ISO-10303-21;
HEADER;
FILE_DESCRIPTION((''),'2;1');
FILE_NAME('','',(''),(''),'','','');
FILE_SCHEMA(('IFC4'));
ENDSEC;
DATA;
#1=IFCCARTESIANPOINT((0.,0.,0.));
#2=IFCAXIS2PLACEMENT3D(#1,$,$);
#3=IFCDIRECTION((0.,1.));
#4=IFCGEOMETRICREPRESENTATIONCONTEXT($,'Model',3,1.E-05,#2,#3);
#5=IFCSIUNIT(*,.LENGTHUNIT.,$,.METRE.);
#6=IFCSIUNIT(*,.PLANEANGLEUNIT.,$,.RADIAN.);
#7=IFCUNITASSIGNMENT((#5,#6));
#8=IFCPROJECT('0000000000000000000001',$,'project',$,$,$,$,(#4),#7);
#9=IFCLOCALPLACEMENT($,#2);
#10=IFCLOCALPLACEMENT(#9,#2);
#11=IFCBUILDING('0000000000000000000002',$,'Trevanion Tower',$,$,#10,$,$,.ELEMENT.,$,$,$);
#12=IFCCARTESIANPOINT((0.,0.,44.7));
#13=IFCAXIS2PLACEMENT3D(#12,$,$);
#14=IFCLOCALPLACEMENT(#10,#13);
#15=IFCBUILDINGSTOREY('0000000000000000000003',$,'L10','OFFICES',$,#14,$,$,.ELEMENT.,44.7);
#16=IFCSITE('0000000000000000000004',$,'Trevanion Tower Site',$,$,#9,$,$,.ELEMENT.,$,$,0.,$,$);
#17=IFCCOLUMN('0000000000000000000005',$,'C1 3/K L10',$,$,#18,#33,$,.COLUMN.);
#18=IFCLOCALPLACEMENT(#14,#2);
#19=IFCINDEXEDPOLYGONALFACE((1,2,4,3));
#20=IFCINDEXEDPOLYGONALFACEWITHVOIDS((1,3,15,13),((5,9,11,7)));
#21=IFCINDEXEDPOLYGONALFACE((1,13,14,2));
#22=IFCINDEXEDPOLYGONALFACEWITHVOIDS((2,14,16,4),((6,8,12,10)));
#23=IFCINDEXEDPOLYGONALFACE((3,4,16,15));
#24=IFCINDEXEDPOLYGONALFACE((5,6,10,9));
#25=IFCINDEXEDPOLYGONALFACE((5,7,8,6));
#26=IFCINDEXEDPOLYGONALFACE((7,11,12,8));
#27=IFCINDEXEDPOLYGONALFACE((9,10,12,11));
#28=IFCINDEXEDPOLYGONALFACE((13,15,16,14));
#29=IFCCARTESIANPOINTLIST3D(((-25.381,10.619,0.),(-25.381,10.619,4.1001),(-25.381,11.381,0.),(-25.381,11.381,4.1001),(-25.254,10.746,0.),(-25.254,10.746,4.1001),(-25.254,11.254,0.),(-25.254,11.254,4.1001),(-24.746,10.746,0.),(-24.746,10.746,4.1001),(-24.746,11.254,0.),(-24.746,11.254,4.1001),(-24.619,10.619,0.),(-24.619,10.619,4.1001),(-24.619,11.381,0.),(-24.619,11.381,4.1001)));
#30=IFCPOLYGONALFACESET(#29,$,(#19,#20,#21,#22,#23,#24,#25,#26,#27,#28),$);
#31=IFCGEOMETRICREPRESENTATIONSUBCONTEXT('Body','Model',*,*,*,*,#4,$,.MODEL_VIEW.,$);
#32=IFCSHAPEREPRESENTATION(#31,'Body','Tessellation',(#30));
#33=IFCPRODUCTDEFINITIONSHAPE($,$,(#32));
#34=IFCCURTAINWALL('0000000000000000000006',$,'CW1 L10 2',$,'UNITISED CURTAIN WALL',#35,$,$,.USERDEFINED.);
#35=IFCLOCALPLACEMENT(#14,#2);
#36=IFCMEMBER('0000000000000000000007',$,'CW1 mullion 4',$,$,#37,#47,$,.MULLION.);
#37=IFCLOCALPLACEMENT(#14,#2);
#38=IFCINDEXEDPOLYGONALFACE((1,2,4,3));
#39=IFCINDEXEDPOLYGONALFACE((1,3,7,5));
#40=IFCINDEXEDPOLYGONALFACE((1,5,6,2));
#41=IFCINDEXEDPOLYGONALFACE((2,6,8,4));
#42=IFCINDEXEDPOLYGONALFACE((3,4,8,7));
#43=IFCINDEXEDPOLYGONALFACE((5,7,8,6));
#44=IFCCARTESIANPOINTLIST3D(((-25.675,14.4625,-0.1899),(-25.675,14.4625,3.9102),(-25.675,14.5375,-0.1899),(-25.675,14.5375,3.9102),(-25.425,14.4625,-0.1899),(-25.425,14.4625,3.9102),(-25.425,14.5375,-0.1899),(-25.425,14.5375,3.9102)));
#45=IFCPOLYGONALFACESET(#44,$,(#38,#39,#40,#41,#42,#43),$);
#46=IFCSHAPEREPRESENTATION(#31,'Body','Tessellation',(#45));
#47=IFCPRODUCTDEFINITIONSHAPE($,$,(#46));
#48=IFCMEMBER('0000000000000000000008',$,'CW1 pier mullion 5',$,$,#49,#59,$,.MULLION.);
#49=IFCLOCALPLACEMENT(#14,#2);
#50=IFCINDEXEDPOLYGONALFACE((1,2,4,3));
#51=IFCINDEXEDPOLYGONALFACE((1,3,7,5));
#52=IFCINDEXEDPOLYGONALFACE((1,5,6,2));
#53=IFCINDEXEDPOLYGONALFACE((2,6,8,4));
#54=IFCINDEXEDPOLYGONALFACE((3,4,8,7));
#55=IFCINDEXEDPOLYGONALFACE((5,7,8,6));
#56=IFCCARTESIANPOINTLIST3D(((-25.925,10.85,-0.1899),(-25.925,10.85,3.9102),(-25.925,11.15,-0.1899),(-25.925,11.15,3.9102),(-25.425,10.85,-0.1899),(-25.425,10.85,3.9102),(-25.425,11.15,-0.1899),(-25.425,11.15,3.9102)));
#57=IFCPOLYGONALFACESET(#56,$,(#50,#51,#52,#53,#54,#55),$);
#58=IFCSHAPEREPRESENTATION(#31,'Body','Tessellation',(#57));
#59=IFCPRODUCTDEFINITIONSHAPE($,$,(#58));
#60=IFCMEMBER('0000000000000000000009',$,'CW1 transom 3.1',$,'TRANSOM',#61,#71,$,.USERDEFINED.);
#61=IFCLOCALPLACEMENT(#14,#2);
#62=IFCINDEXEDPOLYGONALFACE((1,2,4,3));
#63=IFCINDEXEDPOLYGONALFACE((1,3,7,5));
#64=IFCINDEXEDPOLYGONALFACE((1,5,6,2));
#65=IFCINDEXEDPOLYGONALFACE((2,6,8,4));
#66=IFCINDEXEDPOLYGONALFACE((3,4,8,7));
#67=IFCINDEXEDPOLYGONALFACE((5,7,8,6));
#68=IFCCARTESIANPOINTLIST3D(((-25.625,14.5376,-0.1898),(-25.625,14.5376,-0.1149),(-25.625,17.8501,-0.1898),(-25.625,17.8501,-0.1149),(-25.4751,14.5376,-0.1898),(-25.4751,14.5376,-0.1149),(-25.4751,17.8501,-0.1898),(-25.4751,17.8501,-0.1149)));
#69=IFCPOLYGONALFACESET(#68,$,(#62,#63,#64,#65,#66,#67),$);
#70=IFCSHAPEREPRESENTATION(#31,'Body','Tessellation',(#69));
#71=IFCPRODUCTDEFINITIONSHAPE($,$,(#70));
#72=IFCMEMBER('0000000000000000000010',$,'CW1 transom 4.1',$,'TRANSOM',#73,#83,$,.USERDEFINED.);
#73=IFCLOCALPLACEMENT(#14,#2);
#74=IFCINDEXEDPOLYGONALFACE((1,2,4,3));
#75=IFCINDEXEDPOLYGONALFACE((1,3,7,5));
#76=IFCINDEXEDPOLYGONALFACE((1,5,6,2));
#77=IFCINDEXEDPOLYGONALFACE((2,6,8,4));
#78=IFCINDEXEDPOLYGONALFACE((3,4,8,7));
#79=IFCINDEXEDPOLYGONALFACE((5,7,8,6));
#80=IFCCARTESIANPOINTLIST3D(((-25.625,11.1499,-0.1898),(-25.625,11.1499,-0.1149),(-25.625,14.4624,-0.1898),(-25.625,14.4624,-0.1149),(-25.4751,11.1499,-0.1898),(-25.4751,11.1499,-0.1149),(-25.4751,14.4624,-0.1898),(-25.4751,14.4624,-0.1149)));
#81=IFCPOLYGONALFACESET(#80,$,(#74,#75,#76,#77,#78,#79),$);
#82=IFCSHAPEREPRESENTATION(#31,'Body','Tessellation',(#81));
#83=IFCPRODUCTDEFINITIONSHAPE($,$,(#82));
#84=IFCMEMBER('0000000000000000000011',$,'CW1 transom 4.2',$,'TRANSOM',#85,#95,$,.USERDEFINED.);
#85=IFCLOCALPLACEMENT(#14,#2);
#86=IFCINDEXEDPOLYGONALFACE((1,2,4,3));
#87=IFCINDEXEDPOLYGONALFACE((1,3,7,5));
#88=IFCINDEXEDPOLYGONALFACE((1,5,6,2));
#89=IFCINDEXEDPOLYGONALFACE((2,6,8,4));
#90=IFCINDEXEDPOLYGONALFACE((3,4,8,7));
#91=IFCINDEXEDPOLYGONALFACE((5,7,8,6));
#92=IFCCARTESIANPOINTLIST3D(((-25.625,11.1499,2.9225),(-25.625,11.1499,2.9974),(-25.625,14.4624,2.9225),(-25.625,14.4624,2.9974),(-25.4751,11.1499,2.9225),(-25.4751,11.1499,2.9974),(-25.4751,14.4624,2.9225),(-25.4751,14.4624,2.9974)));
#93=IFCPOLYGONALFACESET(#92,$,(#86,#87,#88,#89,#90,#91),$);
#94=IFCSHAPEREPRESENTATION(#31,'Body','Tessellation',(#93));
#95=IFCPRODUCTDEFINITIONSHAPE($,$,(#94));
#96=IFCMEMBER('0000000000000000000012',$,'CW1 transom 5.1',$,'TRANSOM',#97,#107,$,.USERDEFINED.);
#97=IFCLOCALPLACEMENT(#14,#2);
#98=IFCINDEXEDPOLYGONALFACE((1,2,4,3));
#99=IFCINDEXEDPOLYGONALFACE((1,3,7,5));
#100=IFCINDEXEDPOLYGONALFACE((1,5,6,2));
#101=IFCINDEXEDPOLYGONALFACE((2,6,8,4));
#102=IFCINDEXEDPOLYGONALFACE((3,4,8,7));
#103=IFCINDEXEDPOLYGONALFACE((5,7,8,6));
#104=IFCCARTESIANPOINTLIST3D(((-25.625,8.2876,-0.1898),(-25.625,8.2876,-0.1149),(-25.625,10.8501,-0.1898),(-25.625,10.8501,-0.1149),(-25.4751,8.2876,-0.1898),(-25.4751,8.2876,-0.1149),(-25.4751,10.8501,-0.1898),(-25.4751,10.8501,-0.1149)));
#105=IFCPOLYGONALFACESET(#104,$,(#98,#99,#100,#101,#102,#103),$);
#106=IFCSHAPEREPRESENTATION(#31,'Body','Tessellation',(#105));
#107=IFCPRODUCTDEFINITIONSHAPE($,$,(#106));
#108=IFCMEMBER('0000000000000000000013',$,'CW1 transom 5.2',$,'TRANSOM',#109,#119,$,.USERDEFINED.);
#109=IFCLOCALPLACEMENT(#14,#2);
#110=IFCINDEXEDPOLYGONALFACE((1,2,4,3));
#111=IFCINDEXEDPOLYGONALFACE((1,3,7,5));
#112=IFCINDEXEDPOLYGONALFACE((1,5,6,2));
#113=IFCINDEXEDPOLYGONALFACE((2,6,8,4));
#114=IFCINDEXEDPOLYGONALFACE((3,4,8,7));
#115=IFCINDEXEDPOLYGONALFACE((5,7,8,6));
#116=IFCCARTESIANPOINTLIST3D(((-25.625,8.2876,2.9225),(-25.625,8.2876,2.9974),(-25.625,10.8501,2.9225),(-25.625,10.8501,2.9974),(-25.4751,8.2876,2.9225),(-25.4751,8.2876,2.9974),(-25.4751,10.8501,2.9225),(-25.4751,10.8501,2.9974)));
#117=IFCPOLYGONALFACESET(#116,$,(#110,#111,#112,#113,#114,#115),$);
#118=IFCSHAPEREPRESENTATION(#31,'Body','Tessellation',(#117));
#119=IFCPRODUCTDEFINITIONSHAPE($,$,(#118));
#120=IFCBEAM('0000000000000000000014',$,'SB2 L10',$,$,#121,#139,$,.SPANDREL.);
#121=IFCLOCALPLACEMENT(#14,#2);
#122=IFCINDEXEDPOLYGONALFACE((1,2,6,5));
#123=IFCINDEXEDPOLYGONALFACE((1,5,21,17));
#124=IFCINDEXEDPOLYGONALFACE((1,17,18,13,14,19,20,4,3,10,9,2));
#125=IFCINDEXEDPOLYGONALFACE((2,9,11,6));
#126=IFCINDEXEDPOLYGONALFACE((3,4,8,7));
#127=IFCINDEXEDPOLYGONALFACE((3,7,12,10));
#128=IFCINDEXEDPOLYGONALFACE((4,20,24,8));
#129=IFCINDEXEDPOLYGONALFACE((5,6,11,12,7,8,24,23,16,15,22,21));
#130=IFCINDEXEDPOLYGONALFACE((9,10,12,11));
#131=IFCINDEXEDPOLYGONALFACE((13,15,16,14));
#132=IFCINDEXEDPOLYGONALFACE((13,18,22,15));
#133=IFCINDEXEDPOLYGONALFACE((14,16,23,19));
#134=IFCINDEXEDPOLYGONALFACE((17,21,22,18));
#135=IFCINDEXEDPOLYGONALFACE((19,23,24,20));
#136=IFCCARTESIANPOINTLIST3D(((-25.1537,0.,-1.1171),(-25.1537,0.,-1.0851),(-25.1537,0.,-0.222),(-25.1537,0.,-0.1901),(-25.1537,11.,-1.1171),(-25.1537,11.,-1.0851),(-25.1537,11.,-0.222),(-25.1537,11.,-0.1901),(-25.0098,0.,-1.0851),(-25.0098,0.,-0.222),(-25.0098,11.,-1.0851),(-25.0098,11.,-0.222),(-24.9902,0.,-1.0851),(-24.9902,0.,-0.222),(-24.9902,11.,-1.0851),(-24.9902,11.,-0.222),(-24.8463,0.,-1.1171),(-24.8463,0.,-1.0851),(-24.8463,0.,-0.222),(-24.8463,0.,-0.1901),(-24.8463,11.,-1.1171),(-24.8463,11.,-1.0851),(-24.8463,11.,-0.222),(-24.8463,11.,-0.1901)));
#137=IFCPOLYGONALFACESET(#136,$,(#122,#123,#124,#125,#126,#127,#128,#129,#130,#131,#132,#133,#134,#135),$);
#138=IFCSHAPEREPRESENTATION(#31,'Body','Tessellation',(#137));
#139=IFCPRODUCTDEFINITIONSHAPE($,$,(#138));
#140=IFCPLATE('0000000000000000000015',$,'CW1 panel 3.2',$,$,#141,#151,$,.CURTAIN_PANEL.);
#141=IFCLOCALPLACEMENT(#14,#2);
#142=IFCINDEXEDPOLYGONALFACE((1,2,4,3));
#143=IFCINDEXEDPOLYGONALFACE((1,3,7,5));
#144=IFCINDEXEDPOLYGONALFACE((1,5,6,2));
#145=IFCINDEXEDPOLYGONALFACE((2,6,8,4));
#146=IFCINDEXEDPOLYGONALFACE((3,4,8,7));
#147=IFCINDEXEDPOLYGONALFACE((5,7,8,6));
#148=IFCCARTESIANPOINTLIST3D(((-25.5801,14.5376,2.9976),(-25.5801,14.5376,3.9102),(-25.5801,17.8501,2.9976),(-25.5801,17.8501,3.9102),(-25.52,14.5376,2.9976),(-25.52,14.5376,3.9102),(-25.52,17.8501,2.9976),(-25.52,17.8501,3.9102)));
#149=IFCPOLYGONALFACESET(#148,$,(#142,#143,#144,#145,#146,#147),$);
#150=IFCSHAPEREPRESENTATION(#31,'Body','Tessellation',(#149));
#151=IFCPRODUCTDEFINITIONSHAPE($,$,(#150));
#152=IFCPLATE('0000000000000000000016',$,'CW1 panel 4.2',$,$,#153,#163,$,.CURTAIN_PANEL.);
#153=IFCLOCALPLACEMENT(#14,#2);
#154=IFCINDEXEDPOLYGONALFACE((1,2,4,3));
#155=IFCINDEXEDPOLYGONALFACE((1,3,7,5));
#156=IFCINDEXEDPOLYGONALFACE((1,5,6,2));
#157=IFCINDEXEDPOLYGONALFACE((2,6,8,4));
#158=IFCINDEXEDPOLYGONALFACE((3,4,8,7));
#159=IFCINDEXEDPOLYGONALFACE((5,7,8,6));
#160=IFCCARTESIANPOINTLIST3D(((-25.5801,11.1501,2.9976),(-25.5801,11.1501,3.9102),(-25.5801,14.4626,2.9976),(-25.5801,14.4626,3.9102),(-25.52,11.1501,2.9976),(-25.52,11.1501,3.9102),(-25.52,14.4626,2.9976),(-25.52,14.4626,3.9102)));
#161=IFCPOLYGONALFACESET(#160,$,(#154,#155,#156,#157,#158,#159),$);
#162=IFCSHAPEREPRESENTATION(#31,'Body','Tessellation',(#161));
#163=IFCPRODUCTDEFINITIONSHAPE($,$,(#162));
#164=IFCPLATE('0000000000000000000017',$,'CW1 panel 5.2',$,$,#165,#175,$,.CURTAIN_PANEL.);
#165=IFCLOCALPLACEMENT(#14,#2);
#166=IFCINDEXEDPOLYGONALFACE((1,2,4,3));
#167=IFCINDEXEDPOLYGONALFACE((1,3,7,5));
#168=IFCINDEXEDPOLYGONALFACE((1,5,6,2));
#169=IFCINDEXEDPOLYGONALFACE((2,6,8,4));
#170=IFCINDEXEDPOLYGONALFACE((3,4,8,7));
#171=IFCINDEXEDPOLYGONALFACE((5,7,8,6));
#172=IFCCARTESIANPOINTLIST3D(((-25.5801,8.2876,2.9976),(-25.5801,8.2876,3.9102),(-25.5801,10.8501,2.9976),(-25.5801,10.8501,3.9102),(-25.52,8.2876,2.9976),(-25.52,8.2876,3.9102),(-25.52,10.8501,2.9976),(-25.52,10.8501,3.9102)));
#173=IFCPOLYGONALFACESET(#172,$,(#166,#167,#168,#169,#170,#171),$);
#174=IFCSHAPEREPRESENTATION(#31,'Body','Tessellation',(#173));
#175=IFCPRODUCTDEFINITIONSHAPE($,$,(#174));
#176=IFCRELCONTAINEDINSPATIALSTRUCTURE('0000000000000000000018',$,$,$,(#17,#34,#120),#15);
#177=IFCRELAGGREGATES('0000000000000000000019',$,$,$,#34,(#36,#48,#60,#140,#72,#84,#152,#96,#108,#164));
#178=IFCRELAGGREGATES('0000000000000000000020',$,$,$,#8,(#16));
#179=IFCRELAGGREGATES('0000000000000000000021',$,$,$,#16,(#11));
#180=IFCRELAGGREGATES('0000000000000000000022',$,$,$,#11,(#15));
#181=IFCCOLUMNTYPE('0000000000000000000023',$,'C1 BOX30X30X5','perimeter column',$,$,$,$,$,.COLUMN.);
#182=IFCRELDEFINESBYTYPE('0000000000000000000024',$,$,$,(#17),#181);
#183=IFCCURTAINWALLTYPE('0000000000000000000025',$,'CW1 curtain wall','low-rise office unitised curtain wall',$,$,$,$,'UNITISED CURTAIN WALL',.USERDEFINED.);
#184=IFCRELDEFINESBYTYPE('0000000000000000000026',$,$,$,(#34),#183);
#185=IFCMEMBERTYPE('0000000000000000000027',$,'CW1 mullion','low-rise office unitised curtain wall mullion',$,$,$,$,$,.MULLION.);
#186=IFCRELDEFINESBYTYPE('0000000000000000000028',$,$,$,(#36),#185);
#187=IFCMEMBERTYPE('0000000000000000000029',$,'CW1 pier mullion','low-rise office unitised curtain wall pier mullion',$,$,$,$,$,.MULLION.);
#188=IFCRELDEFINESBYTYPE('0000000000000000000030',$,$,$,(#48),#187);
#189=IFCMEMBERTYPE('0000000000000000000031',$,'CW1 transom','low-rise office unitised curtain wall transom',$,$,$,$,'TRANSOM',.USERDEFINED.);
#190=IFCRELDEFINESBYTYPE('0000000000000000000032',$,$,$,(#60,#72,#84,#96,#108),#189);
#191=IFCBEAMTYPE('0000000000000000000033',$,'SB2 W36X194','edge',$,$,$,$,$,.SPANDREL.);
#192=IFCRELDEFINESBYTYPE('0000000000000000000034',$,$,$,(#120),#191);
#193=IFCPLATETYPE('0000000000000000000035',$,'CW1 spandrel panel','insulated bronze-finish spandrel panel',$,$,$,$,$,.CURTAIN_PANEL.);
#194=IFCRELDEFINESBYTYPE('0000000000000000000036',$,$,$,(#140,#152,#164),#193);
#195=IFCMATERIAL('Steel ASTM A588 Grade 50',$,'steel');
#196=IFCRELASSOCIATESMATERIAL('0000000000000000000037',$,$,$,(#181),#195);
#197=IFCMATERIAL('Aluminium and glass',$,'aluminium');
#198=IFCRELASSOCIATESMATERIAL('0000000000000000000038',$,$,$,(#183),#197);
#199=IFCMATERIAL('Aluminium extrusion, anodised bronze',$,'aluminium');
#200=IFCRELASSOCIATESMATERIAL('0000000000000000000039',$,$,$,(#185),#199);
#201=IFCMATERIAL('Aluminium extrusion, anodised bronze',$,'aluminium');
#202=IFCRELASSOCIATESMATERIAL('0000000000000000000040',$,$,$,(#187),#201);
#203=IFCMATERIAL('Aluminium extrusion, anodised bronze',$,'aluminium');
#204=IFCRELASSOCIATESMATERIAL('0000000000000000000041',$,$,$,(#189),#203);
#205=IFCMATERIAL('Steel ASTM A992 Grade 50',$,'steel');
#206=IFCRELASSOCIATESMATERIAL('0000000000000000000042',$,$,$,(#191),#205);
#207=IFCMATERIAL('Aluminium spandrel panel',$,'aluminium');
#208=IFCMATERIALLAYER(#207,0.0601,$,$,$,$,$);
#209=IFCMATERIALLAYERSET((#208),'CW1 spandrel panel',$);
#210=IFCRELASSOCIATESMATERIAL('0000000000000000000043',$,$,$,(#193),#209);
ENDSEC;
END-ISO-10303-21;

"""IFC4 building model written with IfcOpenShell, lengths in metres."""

from ifc_helpers import new_model, si_unit, direction, frame, origin, origin_2d, place, context, subcontext, project, spatial, rectangle, hollow_rectangle, i_section, extrude, material, layer, layer_set, material_profile, profile_set, type_object, element, aggregate, save


model = new_model("IFC4")

# Units and contexts
model_context = context("Model", 3, precision=1e-05, world=origin(), true_north=direction((0.0, 1.0)))
body_context = subcontext(model_context, "Body", "Model", "MODEL_VIEW")
ifc_project = project(units=[si_unit("LENGTHUNIT", "METRE"), si_unit("PLANEANGLEUNIT", "RADIAN")], contexts=[model_context])

# Site, building, storey
site_placement = place(None, origin())
site = spatial("IfcSite", under=ifc_project, at=site_placement, Name="Trevanion Tower Site", CompositionType="ELEMENT", RefElevation=0.0)
building_placement = place(site_placement, origin())
building = spatial("IfcBuilding", under=site, at=building_placement, Name="Trevanion Tower", CompositionType="ELEMENT")
storey_placement = place(building_placement, frame((0.0, 0.0, 44.7)))
storey = spatial("IfcBuildingStorey", under=building, at=storey_placement, Name="L10", Description="OFFICES", CompositionType="ELEMENT", Elevation=44.7)

# Column
ifc_material_1 = material(Name="Steel ASTM A588 Grade 50", Category="steel")
ifc_material_profile_1 = material_profile(ifc_material_1, hollow_rectangle(XDim=0.762, YDim=0.762, WallThickness=0.127, at=origin_2d()), Name="BOX30X30X5")
ifc_profile_set_1 = profile_set([ifc_material_profile_1], Name="Steel ASTM A588 Grade 50")
column_type = type_object("IfcColumnType", Name="C1 BOX30X30X5", Description="perimeter column", PredefinedType="COLUMN", material=ifc_profile_set_1)
column_placement = place(storey_placement, frame((-25.0, 11.0, 0.0), z_axis=(0.0, 0.0, 1.0), x_axis=(0.0, 1.0, 0.0)))
element("IfcColumn", 1, at=column_placement, inside=storey, type_object=column_type, Name="C1 3/K L10", PredefinedType="COLUMN", context=body_context, shape_type="SweptSolid", body=[
    extrude(hollow_rectangle(XDim=0.762, YDim=0.762, WallThickness=0.127, at=origin_2d()), origin(), (0.0, 0.0, 1.0), 4.1001),
])

# Curtain wall, members
ifc_material_2 = material(Name="Aluminium and glass", Category="aluminium")
curtain_wall_type = type_object("IfcCurtainWallType", Name="CW1 curtain wall", Description="low-rise office unitised curtain wall", ElementType="UNITISED CURTAIN WALL", PredefinedType="USERDEFINED", material=ifc_material_2)
curtain_wall_placement = place(storey_placement, origin())
curtain_wall = element("IfcCurtainWall", 2, at=curtain_wall_placement, inside=storey, type_object=curtain_wall_type, Name="CW1 L10 2", ObjectType="UNITISED CURTAIN WALL", PredefinedType="USERDEFINED")
ifc_material_3 = material(Name="Aluminium extrusion, anodised bronze", Category="aluminium")
ifc_material_profile_2 = material_profile(ifc_material_3, rectangle(XDim=0.075, YDim=0.25, at=origin_2d()), Name="CW1 mullion")
ifc_profile_set_2 = profile_set([ifc_material_profile_2], Name="Aluminium extrusion, anodised bronze")
member_type_1 = type_object("IfcMemberType", Name="CW1 mullion", Description="low-rise office unitised curtain wall mullion", PredefinedType="MULLION", material=ifc_profile_set_2)
member_1_placement = place(storey_placement, frame((-25.55, 14.5, -0.1899), z_axis=(0.0, 0.0, 1.0), x_axis=(0.0, -1.0, 0.0)))
member_1 = element("IfcMember", 3, at=member_1_placement, type_object=member_type_1, Name="CW1 mullion 4", PredefinedType="MULLION", context=body_context, shape_type="SweptSolid", body=[
    extrude(rectangle(XDim=0.075, YDim=0.25, at=origin_2d()), origin(), (0.0, 0.0, 1.0), 4.1001),
])
ifc_material_4 = material(Name="Aluminium extrusion, anodised bronze", Category="aluminium")
ifc_material_profile_3 = material_profile(ifc_material_4, rectangle(XDim=0.3, YDim=0.5, at=origin_2d()), Name="CW1 pier mullion")
ifc_profile_set_3 = profile_set([ifc_material_profile_3], Name="Aluminium extrusion, anodised bronze")
member_type_2 = type_object("IfcMemberType", Name="CW1 pier mullion", Description="low-rise office unitised curtain wall pier mullion", PredefinedType="MULLION", material=ifc_profile_set_3)
member_2_placement = place(storey_placement, frame((-25.675, 11.0, -0.1899), z_axis=(0.0, 0.0, 1.0), x_axis=(0.0, -1.0, 0.0)))
member_2 = element("IfcMember", 4, at=member_2_placement, type_object=member_type_2, Name="CW1 pier mullion 5", PredefinedType="MULLION", context=body_context, shape_type="SweptSolid", body=[
    extrude(rectangle(XDim=0.3, YDim=0.5, at=origin_2d()), origin(), (0.0, 0.0, 1.0), 4.1001),
])
ifc_material_5 = material(Name="Aluminium extrusion, anodised bronze", Category="aluminium")
ifc_material_profile_4 = material_profile(ifc_material_5, rectangle(XDim=0.1499, YDim=0.075, at=origin_2d()), Name="CW1 transom")
ifc_profile_set_4 = profile_set([ifc_material_profile_4], Name="Aluminium extrusion, anodised bronze")
member_type_3 = type_object("IfcMemberType", Name="CW1 transom", Description="low-rise office unitised curtain wall transom", ElementType="TRANSOM", PredefinedType="USERDEFINED", material=ifc_profile_set_4)
member_3_placement = place(storey_placement, frame((-25.55, 17.8501, -0.1523), z_axis=(0.0, -1.0, 0.0), x_axis=(1.0, 0.0, 0.0)))
member_3 = element("IfcMember", 5, at=member_3_placement, type_object=member_type_3, Name="CW1 transom 3.1", ObjectType="TRANSOM", PredefinedType="USERDEFINED", context=body_context, shape_type="SweptSolid", body=[
    extrude(rectangle(XDim=0.1499, YDim=0.075, at=origin_2d()), origin(), (0.0, 0.0, 1.0), 3.3125),
])
member_4_placement = place(storey_placement, frame((-25.55, 14.4624, -0.1523), z_axis=(0.0, -1.0, 0.0), x_axis=(1.0, 0.0, 0.0)))
member_4 = element("IfcMember", 6, at=member_4_placement, type_object=member_type_3, Name="CW1 transom 4.1", ObjectType="TRANSOM", PredefinedType="USERDEFINED", context=body_context, shape_type="SweptSolid", body=[
    extrude(rectangle(XDim=0.1499, YDim=0.075, at=origin_2d()), origin(), (0.0, 0.0, 1.0), 3.3125),
])
member_5_placement = place(storey_placement, frame((-25.55, 14.4624, 2.96), z_axis=(0.0, -1.0, 0.0), x_axis=(1.0, 0.0, 0.0)))
member_5 = element("IfcMember", 7, at=member_5_placement, type_object=member_type_3, Name="CW1 transom 4.2", ObjectType="TRANSOM", PredefinedType="USERDEFINED", context=body_context, shape_type="SweptSolid", body=[
    extrude(rectangle(XDim=0.1499, YDim=0.075, at=origin_2d()), origin(), (0.0, 0.0, 1.0), 3.3125),
])
member_6_placement = place(storey_placement, frame((-25.55, 10.8501, -0.1523), z_axis=(0.0, -1.0, 0.0), x_axis=(1.0, 0.0, 0.0)))
member_6 = element("IfcMember", 8, at=member_6_placement, type_object=member_type_3, Name="CW1 transom 5.1", ObjectType="TRANSOM", PredefinedType="USERDEFINED", context=body_context, shape_type="SweptSolid", body=[
    extrude(rectangle(XDim=0.1499, YDim=0.075, at=origin_2d()), origin(), (0.0, 0.0, 1.0), 2.5625),
])
member_7_placement = place(storey_placement, frame((-25.55, 10.8501, 2.96), z_axis=(0.0, -1.0, 0.0), x_axis=(1.0, 0.0, 0.0)))
member_7 = element("IfcMember", 9, at=member_7_placement, type_object=member_type_3, Name="CW1 transom 5.2", ObjectType="TRANSOM", PredefinedType="USERDEFINED", context=body_context, shape_type="SweptSolid", body=[
    extrude(rectangle(XDim=0.1499, YDim=0.075, at=origin_2d()), origin(), (0.0, 0.0, 1.0), 2.5625),
])

# Beam
ifc_material_6 = material(Name="Steel ASTM A992 Grade 50", Category="steel")
ifc_material_profile_5 = material_profile(ifc_material_6, i_section(OverallWidth=0.3074, OverallDepth=0.927, WebThickness=0.0195, FlangeThickness=0.032, at=origin_2d()), Name="W36X194")
ifc_profile_set_5 = profile_set([ifc_material_profile_5], Name="Steel ASTM A992 Grade 50")
beam_type = type_object("IfcBeamType", Name="SB2 W36X194", Description="edge", PredefinedType="SPANDREL", material=ifc_profile_set_5)
beam_placement = place(storey_placement, frame((-25.0, 11.0, -0.6536), z_axis=(0.0, -1.0, 0.0), x_axis=(1.0, 0.0, 0.0)))
element("IfcBeam", 10, at=beam_placement, inside=storey, type_object=beam_type, Name="SB2 L10", PredefinedType="SPANDREL", context=body_context, shape_type="SweptSolid", body=[
    extrude(i_section(OverallWidth=0.3074, OverallDepth=0.927, WebThickness=0.0195, FlangeThickness=0.032, at=origin_2d()), origin(), (0.0, 0.0, 1.0), 11.0),
])

# Plates
ifc_material_7 = material(Name="Aluminium spandrel panel", Category="aluminium")
ifc_layer_1 = layer(ifc_material_7, 0.0601)
ifc_layer_set_1 = layer_set([ifc_layer_1], Name="CW1 spandrel panel")
plate_type_1 = type_object("IfcPlateType", Name="CW1 spandrel panel", Description="insulated bronze-finish spandrel panel", PredefinedType="CURTAIN_PANEL", material=ifc_layer_set_1)
plate_1_placement = place(storey_placement, frame((-25.55, 16.1938, 2.9976), z_axis=(0.0, 0.0, 1.0), x_axis=(0.0, -1.0, 0.0)))
plate_1 = element("IfcPlate", 11, at=plate_1_placement, type_object=plate_type_1, Name="CW1 panel 3.2", PredefinedType="CURTAIN_PANEL", context=body_context, shape_type="SweptSolid", body=[
    extrude(rectangle(XDim=3.3125, YDim=0.0601, at=origin_2d()), origin(), (0.0, 0.0, 1.0), 0.9126),
])
plate_2_placement = place(storey_placement, frame((-25.55, 12.8064, 2.9976), z_axis=(0.0, 0.0, 1.0), x_axis=(0.0, -1.0, 0.0)))
plate_2 = element("IfcPlate", 12, at=plate_2_placement, type_object=plate_type_1, Name="CW1 panel 4.2", PredefinedType="CURTAIN_PANEL", context=body_context, shape_type="SweptSolid", body=[
    extrude(rectangle(XDim=3.3125, YDim=0.0601, at=origin_2d()), origin(), (0.0, 0.0, 1.0), 0.9126),
])
plate_3_placement = place(storey_placement, frame((-25.55, 9.5688, 2.9976), z_axis=(0.0, 0.0, 1.0), x_axis=(0.0, -1.0, 0.0)))
plate_3 = element("IfcPlate", 13, at=plate_3_placement, type_object=plate_type_1, Name="CW1 panel 5.2", PredefinedType="CURTAIN_PANEL", context=body_context, shape_type="SweptSolid", body=[
    extrude(rectangle(XDim=2.5625, YDim=0.0601, at=origin_2d()), origin(), (0.0, 0.0, 1.0), 0.9126),
])
aggregate(curtain_wall, [member_1, member_2, member_3, plate_1, member_4, member_5, plate_2, member_6, member_7, plate_3])

save(model, "model.ifc")
